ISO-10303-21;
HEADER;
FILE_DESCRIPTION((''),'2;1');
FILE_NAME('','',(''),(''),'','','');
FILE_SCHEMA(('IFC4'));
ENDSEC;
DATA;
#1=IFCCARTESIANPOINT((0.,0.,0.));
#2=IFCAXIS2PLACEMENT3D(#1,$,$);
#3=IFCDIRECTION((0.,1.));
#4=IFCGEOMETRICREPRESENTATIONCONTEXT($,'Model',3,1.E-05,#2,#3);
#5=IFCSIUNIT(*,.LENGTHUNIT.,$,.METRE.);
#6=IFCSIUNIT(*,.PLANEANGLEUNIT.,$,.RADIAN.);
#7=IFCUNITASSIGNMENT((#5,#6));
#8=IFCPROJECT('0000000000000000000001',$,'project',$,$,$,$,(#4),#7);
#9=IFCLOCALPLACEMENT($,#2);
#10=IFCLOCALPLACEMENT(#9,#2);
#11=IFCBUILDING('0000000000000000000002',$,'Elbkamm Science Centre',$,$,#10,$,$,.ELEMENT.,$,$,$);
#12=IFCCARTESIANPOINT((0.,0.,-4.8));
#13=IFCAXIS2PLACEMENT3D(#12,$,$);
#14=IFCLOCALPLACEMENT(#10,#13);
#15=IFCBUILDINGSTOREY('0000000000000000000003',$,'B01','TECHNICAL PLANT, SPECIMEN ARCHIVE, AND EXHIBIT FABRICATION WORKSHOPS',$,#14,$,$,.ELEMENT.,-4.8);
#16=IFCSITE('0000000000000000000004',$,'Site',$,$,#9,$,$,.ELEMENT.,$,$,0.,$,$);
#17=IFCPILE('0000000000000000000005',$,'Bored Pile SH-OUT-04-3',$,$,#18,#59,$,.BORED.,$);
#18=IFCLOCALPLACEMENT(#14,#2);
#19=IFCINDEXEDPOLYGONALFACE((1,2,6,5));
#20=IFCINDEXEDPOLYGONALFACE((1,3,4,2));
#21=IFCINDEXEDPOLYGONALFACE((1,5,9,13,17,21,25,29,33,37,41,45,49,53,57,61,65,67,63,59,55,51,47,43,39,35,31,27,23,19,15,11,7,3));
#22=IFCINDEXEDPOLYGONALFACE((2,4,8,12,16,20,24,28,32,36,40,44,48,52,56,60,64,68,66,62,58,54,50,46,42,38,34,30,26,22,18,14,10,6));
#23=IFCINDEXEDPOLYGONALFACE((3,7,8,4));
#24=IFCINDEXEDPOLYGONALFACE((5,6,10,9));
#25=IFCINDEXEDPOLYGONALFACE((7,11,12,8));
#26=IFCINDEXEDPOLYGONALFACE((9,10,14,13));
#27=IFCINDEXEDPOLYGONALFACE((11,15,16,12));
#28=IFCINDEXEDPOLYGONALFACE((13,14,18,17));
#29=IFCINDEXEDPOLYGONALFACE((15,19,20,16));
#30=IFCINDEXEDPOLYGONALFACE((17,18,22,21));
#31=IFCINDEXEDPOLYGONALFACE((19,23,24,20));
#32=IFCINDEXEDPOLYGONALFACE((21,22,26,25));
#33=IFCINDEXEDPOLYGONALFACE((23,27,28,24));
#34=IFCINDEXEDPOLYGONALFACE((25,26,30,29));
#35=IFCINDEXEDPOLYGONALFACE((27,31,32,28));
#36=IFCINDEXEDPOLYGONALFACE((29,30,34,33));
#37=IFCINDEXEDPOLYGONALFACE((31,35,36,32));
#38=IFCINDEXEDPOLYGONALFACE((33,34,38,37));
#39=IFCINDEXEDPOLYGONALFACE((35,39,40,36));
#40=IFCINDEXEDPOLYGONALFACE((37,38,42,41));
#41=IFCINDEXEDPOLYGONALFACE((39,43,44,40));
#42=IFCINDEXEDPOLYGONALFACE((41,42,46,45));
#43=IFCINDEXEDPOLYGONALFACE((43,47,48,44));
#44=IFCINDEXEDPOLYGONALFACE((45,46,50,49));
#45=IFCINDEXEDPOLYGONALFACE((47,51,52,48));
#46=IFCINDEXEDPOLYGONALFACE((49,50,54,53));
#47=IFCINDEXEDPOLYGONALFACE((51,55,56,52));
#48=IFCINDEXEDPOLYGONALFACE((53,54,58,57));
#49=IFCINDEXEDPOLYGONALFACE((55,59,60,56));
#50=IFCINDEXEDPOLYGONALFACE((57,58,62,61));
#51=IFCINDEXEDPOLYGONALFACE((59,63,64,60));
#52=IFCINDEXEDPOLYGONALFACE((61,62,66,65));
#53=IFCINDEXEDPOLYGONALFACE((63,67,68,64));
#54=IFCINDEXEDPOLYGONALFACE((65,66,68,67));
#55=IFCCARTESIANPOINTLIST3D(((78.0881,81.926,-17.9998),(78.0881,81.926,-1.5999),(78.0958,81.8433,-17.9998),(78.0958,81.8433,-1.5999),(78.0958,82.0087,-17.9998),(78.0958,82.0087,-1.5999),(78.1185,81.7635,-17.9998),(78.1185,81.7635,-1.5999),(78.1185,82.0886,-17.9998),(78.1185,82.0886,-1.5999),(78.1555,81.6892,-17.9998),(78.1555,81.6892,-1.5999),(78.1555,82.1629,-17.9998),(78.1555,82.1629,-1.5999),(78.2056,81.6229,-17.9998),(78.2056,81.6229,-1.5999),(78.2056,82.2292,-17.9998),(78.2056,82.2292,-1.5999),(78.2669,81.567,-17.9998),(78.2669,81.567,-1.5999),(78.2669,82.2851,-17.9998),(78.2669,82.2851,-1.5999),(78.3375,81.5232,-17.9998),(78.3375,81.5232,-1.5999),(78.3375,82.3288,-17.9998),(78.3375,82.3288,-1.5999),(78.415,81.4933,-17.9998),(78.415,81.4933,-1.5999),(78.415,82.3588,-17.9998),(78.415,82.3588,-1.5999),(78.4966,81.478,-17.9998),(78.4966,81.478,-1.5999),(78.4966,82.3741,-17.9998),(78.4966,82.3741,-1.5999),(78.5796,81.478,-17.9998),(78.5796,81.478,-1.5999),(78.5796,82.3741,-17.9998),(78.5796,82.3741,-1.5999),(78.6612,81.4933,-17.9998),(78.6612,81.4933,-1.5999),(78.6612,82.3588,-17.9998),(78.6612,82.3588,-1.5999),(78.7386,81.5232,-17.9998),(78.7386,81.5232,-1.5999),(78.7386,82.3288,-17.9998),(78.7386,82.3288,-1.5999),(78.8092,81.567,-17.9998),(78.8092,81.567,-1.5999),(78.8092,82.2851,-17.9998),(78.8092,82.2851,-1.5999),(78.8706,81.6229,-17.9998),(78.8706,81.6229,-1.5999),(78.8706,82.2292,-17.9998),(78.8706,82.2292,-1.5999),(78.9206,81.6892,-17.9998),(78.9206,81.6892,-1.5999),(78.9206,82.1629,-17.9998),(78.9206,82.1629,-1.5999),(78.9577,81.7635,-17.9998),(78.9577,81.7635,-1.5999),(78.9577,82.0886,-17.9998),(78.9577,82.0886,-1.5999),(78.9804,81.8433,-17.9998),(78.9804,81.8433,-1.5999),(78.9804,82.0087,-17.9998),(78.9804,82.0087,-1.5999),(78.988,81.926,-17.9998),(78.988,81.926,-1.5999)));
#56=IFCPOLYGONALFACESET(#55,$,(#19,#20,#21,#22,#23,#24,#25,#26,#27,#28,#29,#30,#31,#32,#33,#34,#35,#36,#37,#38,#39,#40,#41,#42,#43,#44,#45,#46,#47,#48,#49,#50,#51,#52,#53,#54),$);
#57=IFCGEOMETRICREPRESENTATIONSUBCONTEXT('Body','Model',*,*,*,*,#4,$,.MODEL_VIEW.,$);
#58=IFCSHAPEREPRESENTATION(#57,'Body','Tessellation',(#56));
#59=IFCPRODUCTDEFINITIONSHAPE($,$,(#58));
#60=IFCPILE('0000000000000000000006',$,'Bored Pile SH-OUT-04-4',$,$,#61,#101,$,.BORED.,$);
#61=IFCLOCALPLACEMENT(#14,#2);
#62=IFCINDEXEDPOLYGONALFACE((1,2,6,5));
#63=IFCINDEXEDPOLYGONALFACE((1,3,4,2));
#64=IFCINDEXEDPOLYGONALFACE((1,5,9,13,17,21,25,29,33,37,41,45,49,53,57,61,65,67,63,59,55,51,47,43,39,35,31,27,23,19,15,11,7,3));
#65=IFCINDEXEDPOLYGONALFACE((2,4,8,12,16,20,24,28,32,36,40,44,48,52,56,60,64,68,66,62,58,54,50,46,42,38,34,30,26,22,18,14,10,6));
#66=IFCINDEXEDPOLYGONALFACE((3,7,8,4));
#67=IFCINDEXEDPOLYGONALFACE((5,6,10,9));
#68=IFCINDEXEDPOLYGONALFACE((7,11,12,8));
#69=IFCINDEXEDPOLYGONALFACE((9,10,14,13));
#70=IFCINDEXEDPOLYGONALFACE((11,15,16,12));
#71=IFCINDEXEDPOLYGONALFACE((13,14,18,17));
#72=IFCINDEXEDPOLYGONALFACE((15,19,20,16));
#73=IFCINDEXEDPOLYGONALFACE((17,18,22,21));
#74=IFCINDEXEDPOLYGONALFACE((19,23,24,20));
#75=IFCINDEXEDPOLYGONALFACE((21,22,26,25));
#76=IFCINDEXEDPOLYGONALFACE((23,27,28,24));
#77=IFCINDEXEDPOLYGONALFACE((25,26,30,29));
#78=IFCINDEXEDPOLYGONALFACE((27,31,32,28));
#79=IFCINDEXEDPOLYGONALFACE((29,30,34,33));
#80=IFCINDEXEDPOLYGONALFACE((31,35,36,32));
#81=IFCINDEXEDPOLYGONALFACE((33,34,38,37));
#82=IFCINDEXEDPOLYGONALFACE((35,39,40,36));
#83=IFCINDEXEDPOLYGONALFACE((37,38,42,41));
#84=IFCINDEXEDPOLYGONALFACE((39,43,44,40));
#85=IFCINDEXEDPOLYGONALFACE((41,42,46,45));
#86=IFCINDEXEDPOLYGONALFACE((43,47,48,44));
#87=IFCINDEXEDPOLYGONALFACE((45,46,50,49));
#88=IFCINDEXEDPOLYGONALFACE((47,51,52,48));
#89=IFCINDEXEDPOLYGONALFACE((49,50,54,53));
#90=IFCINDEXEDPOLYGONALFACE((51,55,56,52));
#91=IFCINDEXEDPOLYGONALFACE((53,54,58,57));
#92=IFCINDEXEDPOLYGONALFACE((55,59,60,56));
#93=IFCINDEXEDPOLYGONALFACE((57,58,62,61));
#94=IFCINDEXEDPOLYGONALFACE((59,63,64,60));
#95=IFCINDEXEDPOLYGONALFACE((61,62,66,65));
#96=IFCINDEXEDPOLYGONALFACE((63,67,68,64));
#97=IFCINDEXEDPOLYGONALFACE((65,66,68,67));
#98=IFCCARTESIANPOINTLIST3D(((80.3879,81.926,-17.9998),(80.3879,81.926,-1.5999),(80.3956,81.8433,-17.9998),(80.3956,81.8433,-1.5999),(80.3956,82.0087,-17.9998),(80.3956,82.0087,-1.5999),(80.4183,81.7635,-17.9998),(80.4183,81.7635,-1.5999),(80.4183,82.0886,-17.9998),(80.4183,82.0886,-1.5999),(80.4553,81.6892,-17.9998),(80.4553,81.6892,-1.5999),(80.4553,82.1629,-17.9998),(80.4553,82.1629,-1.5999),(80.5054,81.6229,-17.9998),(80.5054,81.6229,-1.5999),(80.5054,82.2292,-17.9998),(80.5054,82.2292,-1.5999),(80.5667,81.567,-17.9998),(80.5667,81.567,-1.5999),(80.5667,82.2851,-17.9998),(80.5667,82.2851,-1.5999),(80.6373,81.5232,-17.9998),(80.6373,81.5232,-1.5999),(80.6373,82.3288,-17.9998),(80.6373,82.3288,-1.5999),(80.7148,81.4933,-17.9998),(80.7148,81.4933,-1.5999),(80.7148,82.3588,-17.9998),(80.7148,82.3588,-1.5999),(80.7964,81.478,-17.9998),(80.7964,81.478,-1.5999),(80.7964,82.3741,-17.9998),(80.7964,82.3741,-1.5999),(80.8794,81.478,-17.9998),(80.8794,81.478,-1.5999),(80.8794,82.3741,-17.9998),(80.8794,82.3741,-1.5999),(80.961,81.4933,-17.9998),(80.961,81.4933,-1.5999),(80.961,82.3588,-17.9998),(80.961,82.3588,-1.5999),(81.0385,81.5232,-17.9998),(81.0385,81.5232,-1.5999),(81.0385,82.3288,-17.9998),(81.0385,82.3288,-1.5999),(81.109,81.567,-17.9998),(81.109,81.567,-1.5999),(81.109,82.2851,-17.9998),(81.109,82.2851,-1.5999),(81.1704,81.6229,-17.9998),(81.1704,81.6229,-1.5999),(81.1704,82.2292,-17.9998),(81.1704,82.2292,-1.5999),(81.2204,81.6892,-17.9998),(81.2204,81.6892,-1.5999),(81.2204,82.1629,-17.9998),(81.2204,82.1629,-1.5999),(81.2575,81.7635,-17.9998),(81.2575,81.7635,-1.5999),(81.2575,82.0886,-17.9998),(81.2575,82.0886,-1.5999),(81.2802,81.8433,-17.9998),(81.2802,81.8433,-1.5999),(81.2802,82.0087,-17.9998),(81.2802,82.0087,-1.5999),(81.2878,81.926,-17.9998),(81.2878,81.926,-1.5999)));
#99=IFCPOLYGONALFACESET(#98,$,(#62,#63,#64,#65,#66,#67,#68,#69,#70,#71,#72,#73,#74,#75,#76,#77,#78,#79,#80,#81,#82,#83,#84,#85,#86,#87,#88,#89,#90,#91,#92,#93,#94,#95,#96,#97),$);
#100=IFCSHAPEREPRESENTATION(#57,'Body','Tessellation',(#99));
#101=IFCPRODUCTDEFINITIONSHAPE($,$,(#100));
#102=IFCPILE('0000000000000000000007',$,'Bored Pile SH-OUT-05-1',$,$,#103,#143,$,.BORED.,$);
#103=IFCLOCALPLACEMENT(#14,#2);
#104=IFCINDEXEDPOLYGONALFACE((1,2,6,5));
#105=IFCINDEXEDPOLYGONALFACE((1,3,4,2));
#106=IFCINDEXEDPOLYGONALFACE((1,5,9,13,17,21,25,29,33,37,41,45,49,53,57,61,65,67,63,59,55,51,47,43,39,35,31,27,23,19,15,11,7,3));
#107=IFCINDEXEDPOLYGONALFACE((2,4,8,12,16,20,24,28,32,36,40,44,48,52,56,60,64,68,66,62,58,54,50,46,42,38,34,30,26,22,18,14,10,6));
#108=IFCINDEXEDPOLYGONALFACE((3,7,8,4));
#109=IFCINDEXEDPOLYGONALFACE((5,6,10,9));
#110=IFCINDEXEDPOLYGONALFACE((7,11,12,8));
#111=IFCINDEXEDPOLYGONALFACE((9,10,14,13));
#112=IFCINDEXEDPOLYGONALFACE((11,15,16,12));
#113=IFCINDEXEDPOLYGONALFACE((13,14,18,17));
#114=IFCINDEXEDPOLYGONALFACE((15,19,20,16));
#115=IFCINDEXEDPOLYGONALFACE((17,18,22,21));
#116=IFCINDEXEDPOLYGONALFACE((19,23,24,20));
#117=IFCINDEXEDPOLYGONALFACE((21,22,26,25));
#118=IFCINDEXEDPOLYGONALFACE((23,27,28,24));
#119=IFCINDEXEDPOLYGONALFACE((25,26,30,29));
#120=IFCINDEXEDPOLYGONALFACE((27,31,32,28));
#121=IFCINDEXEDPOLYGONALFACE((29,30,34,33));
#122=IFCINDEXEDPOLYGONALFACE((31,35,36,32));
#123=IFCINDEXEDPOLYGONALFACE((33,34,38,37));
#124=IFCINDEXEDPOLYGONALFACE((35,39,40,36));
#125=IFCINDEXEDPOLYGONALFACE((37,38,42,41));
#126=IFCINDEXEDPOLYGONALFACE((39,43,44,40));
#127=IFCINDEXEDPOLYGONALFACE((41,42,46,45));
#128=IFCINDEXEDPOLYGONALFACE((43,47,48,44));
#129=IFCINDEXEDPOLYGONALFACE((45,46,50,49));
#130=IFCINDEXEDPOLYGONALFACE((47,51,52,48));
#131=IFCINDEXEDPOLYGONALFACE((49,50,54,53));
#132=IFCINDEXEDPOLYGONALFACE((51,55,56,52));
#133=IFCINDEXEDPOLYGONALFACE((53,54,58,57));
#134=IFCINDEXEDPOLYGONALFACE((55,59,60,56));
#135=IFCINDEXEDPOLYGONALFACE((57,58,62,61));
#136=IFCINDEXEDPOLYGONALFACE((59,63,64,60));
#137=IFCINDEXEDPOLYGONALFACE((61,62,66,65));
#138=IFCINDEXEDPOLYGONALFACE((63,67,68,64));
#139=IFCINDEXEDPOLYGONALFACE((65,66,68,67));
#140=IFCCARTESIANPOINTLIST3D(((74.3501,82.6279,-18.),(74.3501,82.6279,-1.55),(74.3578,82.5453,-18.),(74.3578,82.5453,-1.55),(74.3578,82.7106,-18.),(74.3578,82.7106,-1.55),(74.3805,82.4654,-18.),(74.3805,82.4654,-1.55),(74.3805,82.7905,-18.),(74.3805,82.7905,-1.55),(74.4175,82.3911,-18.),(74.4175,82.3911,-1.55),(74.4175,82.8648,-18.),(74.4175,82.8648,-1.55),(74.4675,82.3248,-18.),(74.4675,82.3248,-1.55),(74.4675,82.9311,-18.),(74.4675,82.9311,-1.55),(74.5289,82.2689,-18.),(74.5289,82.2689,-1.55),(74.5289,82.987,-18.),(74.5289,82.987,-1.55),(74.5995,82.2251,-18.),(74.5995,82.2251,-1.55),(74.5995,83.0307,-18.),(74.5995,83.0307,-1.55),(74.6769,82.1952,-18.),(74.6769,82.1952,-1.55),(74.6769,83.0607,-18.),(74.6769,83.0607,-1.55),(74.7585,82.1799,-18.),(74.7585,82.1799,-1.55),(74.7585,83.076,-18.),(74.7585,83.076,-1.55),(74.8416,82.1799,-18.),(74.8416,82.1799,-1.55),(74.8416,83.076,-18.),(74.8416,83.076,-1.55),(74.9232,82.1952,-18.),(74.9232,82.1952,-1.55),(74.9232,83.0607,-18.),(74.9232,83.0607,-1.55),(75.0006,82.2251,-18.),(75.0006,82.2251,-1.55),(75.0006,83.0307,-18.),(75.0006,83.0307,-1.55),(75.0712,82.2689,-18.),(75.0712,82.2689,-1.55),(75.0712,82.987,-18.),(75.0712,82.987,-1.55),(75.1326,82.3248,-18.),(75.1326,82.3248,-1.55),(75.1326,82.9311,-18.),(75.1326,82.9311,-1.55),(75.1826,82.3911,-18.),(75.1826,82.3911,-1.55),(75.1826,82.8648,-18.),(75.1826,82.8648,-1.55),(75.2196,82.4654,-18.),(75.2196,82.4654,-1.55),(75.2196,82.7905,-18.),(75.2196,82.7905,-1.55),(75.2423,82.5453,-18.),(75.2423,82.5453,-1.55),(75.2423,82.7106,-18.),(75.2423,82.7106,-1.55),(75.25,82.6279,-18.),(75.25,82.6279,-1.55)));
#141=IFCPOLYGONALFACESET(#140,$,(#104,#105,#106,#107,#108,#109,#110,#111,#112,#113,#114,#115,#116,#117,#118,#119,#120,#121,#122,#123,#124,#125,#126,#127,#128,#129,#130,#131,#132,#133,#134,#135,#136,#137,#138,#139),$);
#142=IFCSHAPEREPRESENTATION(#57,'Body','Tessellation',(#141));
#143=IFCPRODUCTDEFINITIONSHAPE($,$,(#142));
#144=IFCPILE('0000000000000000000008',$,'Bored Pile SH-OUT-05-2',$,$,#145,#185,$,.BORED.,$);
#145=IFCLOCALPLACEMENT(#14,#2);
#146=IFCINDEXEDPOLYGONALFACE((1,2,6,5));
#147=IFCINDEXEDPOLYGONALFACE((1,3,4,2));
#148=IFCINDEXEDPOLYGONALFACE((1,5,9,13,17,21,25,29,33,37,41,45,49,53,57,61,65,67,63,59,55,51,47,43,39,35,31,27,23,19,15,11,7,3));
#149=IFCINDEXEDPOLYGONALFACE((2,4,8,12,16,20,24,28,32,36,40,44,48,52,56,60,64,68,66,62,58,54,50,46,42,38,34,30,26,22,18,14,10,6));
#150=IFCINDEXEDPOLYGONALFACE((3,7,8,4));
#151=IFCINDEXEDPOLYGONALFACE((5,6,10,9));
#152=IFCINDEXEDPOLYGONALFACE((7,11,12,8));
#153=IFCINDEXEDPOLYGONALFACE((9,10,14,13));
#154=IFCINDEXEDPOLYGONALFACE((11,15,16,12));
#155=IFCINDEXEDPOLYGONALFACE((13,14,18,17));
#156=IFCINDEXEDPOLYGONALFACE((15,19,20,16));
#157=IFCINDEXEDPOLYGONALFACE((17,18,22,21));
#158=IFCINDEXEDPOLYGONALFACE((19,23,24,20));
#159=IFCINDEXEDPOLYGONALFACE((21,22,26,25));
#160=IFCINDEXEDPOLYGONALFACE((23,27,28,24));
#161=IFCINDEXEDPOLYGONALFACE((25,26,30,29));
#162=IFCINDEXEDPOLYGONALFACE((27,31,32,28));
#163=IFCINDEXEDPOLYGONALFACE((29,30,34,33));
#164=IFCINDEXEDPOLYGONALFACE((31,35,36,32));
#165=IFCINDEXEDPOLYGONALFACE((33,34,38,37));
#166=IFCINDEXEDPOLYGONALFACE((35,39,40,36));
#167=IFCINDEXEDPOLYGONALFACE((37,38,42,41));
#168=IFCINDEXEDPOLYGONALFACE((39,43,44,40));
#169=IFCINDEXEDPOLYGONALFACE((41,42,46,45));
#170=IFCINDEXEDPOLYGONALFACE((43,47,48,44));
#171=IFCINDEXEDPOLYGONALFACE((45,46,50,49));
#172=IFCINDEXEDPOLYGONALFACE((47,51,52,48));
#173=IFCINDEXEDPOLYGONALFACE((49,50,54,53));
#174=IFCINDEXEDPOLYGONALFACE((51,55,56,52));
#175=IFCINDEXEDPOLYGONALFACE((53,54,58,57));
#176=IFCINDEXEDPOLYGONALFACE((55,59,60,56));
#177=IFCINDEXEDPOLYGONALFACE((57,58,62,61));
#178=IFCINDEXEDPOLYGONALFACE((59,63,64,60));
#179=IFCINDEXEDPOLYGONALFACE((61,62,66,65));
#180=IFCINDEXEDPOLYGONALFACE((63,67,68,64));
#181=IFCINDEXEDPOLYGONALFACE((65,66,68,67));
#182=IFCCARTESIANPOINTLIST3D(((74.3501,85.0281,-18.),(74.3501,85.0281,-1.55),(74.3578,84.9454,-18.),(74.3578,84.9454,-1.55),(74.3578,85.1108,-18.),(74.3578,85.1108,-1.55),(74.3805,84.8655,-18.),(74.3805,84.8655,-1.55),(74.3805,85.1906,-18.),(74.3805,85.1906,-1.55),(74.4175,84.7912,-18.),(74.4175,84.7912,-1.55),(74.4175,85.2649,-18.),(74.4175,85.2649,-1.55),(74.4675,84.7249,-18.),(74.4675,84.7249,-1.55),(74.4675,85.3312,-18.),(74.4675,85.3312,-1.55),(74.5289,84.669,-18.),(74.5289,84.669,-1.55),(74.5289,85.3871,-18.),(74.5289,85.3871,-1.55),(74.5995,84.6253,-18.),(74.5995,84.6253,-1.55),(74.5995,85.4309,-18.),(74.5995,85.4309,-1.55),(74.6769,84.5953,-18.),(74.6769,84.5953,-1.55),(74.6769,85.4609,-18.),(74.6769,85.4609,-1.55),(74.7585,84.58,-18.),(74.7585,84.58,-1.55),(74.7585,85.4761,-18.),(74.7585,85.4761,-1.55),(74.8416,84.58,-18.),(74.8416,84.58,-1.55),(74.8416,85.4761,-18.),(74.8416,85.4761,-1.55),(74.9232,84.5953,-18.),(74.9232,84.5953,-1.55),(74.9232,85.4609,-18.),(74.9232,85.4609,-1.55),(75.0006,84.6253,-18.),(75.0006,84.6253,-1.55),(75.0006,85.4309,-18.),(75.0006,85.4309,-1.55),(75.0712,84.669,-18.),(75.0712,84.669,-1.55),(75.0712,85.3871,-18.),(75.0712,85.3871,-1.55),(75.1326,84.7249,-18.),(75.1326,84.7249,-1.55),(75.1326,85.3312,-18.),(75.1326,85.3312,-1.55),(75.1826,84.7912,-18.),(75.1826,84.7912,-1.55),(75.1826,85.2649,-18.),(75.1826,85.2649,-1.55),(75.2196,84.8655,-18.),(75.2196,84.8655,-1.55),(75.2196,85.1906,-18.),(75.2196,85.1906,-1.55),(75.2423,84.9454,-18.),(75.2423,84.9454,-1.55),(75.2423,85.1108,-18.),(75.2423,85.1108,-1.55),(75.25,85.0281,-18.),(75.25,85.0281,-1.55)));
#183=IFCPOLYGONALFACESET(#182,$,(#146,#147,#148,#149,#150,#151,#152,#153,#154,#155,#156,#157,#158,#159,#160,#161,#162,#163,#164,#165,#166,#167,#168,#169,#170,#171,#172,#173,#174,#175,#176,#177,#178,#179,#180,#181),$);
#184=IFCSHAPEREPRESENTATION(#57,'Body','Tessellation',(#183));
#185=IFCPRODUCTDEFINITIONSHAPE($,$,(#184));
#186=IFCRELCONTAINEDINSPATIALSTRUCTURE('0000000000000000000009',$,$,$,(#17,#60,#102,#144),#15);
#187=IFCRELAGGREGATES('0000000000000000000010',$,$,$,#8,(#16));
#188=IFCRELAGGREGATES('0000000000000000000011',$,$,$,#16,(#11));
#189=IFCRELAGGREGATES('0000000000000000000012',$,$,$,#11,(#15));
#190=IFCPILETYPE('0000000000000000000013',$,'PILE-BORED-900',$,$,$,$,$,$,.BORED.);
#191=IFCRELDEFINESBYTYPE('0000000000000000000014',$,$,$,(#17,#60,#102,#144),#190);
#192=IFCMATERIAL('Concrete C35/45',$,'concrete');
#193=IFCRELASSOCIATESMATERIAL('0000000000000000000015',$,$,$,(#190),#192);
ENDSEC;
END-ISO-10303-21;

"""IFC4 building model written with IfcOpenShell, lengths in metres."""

from ifc_helpers import new_model, si_unit, direction, frame, origin, origin_2d, place, context, subcontext, project, spatial, circle, extrude, material, material_profile, profile_set, type_object, element, save


model = new_model("IFC4")

# Units and contexts
model_context = context("Model", 3, precision=1e-05, world=origin(), true_north=direction((0.0, 1.0)))
body_context = subcontext(model_context, "Body", "Model", "MODEL_VIEW")
ifc_project = project(units=[si_unit("LENGTHUNIT", "METRE"), si_unit("PLANEANGLEUNIT", "RADIAN")], contexts=[model_context])

# Site, building, storey
site_placement = place(None, origin())
site = spatial("IfcSite", under=ifc_project, at=site_placement, Name="Site", CompositionType="ELEMENT", RefElevation=0.0)
building_placement = place(site_placement, origin())
building = spatial("IfcBuilding", under=site, at=building_placement, Name="Elbkamm Science Centre", CompositionType="ELEMENT")
storey_placement = place(building_placement, frame((0.0, 0.0, -4.8)))
storey = spatial("IfcBuildingStorey", under=building, at=storey_placement, Name="B01", Description="TECHNICAL PLANT, SPECIMEN ARCHIVE, AND EXHIBIT FABRICATION WORKSHOPS", CompositionType="ELEMENT", Elevation=-4.8)

# Shared definitions
ifc_material_1 = material(Name="Concrete C35/45", Category="concrete")

# Piles
ifc_material_profile_1 = material_profile(ifc_material_1, circle(Radius=0.45, at=origin_2d()), Name="PILE D900")
ifc_profile_set_1 = profile_set([ifc_material_profile_1], Name="Concrete C35/45")
pile_type = type_object("IfcPileType", Name="PILE-BORED-900", PredefinedType="BORED", material=ifc_profile_set_1)
for number, where, z_axis, x_axis, name in (
    (1, (78.5381, 81.926, -1.5999), (0.0, 0.0, -1.0), (1.0, 0.0, 0.0), "Bored Pile SH-OUT-04-3"),
    (2, (80.8379, 81.926, -1.5999), (0.0, 0.0, -1.0), (1.0, 0.0, 0.0), "Bored Pile SH-OUT-04-4"),
):
    element("IfcPile", number, at=place(storey_placement, frame(where, z_axis=z_axis, x_axis=x_axis)), inside=storey, type_object=pile_type, Name=name, PredefinedType="BORED", context=body_context, shape_type="SweptSolid", body=[
        extrude(circle(Radius=0.45, at=origin_2d()), origin(), (0.0, 0.0, 1.0), 16.3999),
    ])
for number, where, z_axis, x_axis, name in (
    (3, (74.8, 82.6279, -1.55), (0.0, 0.0, -1.0), (1.0, 0.0, 0.0), "Bored Pile SH-OUT-05-1"),
    (4, (74.8, 85.0281, -1.55), (0.0, 0.0, -1.0), (1.0, 0.0, 0.0), "Bored Pile SH-OUT-05-2"),
):
    element("IfcPile", number, at=place(storey_placement, frame(where, z_axis=z_axis, x_axis=x_axis)), inside=storey, type_object=pile_type, Name=name, PredefinedType="BORED", context=body_context, shape_type="SweptSolid", body=[
        extrude(circle(Radius=0.45, at=origin_2d()), origin(), (0.0, 0.0, 1.0), 16.45),
    ])

save(model, "model.ifc")
